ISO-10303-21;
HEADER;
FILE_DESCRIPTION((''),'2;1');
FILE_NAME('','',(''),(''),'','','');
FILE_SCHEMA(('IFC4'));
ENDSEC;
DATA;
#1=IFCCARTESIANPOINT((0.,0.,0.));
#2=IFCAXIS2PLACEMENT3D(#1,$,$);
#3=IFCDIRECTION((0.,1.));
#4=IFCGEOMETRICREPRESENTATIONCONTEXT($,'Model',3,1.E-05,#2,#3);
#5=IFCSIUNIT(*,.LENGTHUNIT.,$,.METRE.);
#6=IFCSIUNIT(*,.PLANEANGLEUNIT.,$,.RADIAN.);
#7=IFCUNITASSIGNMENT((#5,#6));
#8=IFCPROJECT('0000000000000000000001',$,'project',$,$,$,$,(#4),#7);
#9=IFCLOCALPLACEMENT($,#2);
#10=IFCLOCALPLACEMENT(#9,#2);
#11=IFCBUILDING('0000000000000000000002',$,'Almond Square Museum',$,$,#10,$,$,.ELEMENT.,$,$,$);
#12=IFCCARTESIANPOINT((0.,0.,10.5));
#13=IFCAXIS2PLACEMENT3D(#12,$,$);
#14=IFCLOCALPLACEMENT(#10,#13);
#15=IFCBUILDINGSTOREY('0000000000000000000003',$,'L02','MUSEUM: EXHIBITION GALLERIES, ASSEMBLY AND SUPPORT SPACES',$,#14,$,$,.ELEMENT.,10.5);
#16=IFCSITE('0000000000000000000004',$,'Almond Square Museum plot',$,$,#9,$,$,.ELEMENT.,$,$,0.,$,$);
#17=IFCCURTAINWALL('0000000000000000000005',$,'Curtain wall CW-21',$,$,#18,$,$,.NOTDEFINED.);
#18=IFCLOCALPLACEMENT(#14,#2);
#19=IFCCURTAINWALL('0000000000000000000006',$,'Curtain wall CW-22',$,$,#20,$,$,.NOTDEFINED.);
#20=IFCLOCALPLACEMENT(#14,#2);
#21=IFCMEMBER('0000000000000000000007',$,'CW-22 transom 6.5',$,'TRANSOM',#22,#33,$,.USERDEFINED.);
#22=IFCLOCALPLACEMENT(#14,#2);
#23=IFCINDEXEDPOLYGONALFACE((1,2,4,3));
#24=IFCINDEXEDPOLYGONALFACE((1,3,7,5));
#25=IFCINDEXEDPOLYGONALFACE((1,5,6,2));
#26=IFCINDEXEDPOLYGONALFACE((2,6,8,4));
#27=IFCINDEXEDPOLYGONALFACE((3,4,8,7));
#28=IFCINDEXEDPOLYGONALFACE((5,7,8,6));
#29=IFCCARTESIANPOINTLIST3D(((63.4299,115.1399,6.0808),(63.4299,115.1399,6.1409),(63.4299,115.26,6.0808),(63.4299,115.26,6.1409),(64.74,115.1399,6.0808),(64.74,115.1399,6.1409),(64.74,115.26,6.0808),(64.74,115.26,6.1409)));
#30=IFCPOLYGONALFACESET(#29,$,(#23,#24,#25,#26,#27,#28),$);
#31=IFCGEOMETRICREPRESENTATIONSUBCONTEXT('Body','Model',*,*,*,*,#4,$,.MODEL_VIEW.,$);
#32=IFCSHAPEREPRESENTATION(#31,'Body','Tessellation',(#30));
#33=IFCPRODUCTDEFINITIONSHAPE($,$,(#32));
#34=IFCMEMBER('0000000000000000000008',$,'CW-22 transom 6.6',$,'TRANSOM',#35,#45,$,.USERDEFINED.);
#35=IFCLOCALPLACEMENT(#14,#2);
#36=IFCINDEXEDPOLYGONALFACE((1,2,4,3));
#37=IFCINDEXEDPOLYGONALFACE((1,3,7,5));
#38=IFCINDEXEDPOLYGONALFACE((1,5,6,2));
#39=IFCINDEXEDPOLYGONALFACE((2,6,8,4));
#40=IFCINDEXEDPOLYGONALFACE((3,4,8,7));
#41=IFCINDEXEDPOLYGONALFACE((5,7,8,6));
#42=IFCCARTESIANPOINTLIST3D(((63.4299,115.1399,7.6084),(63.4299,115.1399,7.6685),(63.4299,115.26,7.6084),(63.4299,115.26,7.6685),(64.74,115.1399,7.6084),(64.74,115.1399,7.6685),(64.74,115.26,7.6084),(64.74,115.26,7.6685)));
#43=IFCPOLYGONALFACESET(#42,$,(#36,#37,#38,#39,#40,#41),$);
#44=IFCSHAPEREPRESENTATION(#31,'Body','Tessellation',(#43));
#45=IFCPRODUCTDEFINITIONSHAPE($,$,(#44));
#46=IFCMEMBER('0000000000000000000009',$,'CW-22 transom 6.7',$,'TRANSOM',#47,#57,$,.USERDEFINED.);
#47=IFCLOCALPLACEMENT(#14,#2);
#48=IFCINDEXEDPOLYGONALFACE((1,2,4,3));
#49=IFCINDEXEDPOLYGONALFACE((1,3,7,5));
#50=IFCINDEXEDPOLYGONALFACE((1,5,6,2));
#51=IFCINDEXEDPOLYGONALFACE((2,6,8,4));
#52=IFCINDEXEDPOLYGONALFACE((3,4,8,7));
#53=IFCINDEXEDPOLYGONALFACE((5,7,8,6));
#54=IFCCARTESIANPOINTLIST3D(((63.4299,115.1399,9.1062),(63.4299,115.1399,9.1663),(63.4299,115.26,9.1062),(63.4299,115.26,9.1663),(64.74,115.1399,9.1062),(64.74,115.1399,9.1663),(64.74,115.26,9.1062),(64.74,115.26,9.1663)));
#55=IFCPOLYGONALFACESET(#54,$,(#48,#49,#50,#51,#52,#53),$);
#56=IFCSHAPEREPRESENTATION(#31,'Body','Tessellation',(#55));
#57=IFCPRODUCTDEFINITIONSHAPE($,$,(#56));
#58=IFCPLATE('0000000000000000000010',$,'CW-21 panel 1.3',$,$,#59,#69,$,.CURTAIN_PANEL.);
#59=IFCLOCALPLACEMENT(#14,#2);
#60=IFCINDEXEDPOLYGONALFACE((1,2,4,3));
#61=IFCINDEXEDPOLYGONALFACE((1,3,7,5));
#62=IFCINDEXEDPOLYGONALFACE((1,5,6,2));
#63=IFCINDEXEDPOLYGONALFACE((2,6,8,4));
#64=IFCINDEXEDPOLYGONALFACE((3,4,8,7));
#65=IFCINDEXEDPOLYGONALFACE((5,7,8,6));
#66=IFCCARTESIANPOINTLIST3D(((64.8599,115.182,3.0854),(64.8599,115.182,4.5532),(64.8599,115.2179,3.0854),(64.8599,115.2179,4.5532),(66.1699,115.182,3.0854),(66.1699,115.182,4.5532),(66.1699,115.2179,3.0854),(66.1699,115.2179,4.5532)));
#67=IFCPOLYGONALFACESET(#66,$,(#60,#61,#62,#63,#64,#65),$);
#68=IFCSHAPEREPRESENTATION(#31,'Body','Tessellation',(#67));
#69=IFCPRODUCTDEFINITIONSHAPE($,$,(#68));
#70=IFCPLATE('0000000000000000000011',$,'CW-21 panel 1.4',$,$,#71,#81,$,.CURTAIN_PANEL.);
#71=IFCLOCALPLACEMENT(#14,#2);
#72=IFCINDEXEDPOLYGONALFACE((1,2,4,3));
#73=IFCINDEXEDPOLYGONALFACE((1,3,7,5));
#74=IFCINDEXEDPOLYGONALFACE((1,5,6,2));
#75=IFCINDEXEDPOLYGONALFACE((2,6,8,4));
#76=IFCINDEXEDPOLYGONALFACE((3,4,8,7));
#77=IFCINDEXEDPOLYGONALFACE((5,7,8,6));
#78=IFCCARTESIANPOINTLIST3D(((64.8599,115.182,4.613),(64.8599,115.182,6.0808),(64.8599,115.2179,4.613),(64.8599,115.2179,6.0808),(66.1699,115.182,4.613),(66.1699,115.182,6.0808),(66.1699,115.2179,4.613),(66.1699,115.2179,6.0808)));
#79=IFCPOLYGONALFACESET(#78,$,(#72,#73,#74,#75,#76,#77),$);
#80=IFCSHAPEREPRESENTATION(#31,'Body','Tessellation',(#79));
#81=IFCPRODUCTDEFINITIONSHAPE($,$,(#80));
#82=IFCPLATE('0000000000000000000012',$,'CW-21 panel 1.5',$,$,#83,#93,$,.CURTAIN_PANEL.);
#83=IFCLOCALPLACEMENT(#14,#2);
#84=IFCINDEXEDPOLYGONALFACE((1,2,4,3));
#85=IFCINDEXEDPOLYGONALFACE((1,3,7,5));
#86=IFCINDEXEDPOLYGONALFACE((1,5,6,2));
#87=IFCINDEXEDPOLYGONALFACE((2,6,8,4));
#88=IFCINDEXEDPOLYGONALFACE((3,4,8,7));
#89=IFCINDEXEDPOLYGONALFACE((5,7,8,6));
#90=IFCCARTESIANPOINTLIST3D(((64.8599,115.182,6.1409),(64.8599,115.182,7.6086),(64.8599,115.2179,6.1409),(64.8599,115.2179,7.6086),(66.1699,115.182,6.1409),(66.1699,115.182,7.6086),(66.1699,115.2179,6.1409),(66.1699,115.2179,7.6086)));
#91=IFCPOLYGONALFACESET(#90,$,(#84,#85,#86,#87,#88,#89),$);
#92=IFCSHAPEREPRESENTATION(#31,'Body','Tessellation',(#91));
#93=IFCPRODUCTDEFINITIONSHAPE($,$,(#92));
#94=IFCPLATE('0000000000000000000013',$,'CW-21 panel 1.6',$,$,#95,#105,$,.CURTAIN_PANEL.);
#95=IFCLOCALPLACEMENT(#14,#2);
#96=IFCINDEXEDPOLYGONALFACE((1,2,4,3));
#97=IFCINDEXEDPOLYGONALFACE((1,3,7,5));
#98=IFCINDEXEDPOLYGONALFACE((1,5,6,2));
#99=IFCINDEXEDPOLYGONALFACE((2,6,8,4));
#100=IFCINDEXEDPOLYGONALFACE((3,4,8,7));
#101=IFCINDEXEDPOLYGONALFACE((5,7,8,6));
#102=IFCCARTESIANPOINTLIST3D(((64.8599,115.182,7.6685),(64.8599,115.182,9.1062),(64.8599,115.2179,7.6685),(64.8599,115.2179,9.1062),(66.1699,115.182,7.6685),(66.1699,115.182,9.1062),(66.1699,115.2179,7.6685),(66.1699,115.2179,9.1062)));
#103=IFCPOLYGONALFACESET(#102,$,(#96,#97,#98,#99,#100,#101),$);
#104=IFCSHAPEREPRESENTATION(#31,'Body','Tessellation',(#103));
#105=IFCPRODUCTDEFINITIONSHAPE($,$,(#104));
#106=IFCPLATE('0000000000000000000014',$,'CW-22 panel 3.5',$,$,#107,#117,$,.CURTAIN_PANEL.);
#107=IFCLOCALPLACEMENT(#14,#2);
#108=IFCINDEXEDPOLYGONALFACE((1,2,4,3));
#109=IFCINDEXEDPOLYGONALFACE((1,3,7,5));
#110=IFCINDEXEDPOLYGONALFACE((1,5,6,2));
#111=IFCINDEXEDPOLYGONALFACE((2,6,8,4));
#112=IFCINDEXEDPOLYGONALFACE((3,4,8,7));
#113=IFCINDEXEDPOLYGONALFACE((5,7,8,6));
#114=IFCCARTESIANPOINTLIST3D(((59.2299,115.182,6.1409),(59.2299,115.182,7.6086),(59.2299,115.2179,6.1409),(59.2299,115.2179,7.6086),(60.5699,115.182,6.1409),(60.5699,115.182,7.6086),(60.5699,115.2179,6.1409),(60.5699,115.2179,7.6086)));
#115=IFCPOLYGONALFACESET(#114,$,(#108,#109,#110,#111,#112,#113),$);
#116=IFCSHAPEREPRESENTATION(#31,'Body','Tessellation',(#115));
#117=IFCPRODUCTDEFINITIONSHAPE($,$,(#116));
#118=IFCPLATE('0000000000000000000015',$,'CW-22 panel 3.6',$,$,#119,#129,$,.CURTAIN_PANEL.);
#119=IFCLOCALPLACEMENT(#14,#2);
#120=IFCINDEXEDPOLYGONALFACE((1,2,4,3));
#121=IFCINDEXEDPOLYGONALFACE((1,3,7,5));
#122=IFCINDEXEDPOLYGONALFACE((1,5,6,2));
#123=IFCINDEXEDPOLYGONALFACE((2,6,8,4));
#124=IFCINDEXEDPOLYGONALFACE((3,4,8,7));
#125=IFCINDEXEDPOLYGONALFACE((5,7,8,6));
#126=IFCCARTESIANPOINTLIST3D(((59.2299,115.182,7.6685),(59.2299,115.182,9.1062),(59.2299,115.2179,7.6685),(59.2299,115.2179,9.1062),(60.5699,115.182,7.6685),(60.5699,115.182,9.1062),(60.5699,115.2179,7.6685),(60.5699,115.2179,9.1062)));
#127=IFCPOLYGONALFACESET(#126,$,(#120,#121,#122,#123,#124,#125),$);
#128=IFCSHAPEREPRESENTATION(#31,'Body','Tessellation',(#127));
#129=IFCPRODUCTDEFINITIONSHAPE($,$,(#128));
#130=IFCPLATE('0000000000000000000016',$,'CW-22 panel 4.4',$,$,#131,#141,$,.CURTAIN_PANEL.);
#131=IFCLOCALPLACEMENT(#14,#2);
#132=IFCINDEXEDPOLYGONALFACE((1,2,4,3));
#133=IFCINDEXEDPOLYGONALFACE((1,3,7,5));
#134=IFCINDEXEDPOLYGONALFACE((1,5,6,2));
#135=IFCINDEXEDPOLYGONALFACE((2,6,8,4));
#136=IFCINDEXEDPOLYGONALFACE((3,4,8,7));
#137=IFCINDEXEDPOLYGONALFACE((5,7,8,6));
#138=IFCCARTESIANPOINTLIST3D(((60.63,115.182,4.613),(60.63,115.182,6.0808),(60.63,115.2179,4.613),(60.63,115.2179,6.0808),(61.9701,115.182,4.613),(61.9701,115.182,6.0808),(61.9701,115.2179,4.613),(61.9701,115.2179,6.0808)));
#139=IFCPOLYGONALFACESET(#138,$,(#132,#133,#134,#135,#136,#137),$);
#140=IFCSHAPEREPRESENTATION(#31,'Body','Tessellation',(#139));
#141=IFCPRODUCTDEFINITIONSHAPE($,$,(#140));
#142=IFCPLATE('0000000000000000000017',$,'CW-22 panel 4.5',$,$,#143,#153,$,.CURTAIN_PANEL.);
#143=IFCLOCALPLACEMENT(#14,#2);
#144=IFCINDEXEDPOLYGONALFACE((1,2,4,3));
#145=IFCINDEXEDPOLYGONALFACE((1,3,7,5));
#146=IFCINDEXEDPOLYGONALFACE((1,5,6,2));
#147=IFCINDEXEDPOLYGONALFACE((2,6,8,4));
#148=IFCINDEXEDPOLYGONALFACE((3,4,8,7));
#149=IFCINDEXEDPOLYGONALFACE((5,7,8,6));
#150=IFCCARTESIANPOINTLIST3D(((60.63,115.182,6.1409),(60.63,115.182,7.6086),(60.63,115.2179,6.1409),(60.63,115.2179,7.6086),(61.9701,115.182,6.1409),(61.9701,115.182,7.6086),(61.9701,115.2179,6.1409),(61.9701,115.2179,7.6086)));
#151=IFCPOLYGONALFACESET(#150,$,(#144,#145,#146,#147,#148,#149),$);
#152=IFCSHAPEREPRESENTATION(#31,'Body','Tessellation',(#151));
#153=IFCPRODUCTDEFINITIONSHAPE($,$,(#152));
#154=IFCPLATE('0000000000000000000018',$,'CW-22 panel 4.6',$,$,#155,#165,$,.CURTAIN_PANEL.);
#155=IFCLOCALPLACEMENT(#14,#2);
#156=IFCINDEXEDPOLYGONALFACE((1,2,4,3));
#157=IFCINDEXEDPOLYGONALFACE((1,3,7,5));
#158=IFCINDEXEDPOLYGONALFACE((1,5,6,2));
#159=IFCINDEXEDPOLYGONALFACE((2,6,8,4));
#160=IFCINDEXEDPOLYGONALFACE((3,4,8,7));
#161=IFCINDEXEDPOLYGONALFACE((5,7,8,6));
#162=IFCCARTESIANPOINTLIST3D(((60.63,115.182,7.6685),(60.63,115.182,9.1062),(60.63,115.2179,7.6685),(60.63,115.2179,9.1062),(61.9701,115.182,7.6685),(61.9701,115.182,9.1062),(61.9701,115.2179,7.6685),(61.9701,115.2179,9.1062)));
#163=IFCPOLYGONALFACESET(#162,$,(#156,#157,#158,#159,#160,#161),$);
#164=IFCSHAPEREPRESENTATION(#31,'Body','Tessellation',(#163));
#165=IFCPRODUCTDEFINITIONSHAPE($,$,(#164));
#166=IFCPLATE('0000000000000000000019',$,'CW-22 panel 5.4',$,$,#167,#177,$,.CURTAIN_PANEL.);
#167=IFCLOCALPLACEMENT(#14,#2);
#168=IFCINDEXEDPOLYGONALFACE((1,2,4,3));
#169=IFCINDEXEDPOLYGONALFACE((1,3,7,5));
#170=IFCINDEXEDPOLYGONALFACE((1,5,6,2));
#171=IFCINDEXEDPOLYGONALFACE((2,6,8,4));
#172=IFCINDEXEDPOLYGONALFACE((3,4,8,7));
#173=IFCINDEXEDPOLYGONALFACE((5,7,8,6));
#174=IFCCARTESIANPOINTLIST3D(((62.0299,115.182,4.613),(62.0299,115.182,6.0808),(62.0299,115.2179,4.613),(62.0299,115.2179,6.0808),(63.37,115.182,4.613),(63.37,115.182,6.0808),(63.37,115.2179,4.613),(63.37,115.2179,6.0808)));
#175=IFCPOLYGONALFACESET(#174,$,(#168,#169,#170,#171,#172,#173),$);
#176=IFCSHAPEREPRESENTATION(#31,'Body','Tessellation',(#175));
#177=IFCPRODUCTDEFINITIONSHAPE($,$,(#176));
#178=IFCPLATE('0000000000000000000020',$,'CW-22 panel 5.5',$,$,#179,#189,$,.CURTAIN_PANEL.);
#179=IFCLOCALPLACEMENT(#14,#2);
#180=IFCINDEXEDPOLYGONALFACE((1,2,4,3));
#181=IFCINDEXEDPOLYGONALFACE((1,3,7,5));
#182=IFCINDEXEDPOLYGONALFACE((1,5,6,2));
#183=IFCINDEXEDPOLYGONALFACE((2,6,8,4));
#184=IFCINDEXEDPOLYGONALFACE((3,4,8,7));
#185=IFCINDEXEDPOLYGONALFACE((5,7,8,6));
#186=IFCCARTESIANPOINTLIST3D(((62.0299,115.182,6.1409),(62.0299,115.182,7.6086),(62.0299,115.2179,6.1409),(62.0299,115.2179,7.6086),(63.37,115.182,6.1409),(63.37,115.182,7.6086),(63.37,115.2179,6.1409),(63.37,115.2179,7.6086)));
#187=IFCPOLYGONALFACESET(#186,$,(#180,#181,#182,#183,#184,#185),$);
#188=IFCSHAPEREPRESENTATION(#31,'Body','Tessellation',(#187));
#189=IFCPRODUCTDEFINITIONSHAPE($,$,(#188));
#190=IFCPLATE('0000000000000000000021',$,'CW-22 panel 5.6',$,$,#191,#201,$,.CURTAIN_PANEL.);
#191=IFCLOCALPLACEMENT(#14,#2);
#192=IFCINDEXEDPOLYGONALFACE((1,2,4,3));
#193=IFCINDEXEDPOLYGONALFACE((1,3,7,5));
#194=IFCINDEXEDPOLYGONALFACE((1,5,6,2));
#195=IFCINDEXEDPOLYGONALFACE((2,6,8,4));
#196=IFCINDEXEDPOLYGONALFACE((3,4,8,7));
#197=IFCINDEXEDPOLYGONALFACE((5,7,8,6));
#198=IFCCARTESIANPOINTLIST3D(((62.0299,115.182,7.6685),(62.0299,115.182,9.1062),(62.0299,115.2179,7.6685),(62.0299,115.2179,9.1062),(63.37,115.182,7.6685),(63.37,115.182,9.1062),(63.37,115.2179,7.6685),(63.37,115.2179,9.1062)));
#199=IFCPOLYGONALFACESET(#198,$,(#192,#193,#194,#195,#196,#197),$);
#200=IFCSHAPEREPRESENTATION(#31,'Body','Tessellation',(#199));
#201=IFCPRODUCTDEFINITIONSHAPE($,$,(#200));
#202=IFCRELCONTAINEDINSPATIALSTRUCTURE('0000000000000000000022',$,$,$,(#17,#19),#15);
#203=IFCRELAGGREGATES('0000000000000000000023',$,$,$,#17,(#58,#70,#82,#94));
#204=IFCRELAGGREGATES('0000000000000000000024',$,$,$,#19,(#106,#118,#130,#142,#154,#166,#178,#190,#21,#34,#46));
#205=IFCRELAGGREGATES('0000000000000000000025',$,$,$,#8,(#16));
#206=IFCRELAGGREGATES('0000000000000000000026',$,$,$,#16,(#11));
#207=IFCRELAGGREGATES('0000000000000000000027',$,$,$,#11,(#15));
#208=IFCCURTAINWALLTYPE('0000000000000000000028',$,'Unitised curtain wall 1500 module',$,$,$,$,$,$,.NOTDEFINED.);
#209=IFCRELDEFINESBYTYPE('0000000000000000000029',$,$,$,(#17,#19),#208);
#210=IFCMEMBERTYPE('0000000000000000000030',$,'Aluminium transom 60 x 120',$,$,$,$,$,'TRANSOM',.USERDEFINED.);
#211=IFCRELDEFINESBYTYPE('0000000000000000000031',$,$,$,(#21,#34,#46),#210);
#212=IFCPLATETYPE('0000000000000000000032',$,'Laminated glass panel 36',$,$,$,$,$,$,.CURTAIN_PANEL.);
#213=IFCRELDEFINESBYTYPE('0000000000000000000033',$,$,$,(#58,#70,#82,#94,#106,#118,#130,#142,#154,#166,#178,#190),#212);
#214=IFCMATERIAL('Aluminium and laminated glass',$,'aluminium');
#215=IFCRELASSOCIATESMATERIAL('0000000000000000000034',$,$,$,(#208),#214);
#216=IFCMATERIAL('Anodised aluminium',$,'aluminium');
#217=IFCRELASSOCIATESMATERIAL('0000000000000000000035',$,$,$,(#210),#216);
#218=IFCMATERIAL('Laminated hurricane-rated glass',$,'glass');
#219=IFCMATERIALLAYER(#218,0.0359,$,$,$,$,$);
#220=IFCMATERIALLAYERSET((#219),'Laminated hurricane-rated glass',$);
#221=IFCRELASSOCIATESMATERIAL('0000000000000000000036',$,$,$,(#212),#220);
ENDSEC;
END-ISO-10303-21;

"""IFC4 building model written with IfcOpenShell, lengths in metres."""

from ifc_helpers import new_model, si_unit, direction, frame, origin, origin_2d, place, context, subcontext, project, spatial, rectangle, extrude, material, layer, layer_set, material_profile, profile_set, type_object, element, aggregate, save


model = new_model("IFC4")

# Units and contexts
model_context = context("Model", 3, precision=1e-05, world=origin(), true_north=direction((0.0, 1.0)))
body_context = subcontext(model_context, "Body", "Model", "MODEL_VIEW")
ifc_project = project(units=[si_unit("LENGTHUNIT", "METRE"), si_unit("PLANEANGLEUNIT", "RADIAN")], contexts=[model_context])

# Site, building, storey
site_placement = place(None, origin())
site = spatial("IfcSite", under=ifc_project, at=site_placement, Name="Almond Square Museum plot", CompositionType="ELEMENT", RefElevation=0.0)
building_placement = place(site_placement, origin())
building = spatial("IfcBuilding", under=site, at=building_placement, Name="Almond Square Museum", CompositionType="ELEMENT")
storey_placement = place(building_placement, frame((0.0, 0.0, 10.5)))
storey = spatial("IfcBuildingStorey", under=building, at=storey_placement, Name="L02", Description="MUSEUM: EXHIBITION GALLERIES, ASSEMBLY AND SUPPORT SPACES", CompositionType="ELEMENT", Elevation=10.5)

# Curtain walls, members
ifc_material_1 = material(Name="Aluminium and laminated glass", Category="aluminium")
curtain_wall_type = type_object("IfcCurtainWallType", Name="Unitised curtain wall 1500 module", PredefinedType="NOTDEFINED", material=ifc_material_1)
curtain_wall_1_placement = place(storey_placement, origin())
curtain_wall_1 = element("IfcCurtainWall", 1, at=curtain_wall_1_placement, inside=storey, type_object=curtain_wall_type, Name="Curtain wall CW-21", PredefinedType="NOTDEFINED")
ifc_material_2 = material(Name="Anodised aluminium", Category="aluminium")
ifc_material_profile = material_profile(ifc_material_2, rectangle(XDim=0.1201, YDim=0.0601, at=origin_2d()))
ifc_profile_set = profile_set([ifc_material_profile], Name="Anodised aluminium")
member_type = type_object("IfcMemberType", Name="Aluminium transom 60 x 120", ElementType="TRANSOM", PredefinedType="USERDEFINED", material=ifc_profile_set)
curtain_wall_2_placement = place(storey_placement, origin())
curtain_wall_2 = element("IfcCurtainWall", 2, at=curtain_wall_2_placement, inside=storey, type_object=curtain_wall_type, Name="Curtain wall CW-22", PredefinedType="NOTDEFINED")
member_1_placement = place(storey_placement, frame((63.4299, 115.2, 6.1108), z_axis=(1.0, 0.0, 0.0), x_axis=(0.0, 1.0, 0.0)))
member_1 = element("IfcMember", 3, at=member_1_placement, type_object=member_type, Name="CW-22 transom 6.5", ObjectType="TRANSOM", PredefinedType="USERDEFINED", context=body_context, shape_type="SweptSolid", body=[
    extrude(rectangle(XDim=0.1201, YDim=0.0601, at=origin_2d()), origin(), (0.0, 0.0, 1.0), 1.3101),
])
member_2_placement = place(storey_placement, frame((63.4299, 115.2, 7.6384), z_axis=(1.0, 0.0, 0.0), x_axis=(0.0, 1.0, 0.0)))
member_2 = element("IfcMember", 4, at=member_2_placement, type_object=member_type, Name="CW-22 transom 6.6", ObjectType="TRANSOM", PredefinedType="USERDEFINED", context=body_context, shape_type="SweptSolid", body=[
    extrude(rectangle(XDim=0.1201, YDim=0.0601, at=origin_2d()), origin(), (0.0, 0.0, 1.0), 1.3101),
])
member_3_placement = place(storey_placement, frame((63.4299, 115.2, 9.1362), z_axis=(1.0, 0.0, 0.0), x_axis=(0.0, 1.0, 0.0)))
member_3 = element("IfcMember", 5, at=member_3_placement, type_object=member_type, Name="CW-22 transom 6.7", ObjectType="TRANSOM", PredefinedType="USERDEFINED", context=body_context, shape_type="SweptSolid", body=[
    extrude(rectangle(XDim=0.1201, YDim=0.0601, at=origin_2d()), origin(), (0.0, 0.0, 1.0), 1.3101),
])

# Plates
ifc_material_3 = material(Name="Laminated hurricane-rated glass", Category="glass")
ifc_layer = layer(ifc_material_3, 0.0359)
ifc_layer_set = layer_set([ifc_layer], Name="Laminated hurricane-rated glass")
plate_type = type_object("IfcPlateType", Name="Laminated glass panel 36", PredefinedType="CURTAIN_PANEL", material=ifc_layer_set)
plate_1_placement = place(storey_placement, frame((65.5149, 115.2, 3.0854), z_axis=(0.0, 0.0, 1.0), x_axis=(1.0, 0.0, 0.0)))
plate_1 = element("IfcPlate", 6, at=plate_1_placement, type_object=plate_type, Name="CW-21 panel 1.3", PredefinedType="CURTAIN_PANEL", context=body_context, shape_type="SweptSolid", body=[
    extrude(rectangle(XDim=1.3101, YDim=0.0359, at=origin_2d()), origin(), (0.0, 0.0, 1.0), 1.4678),
])
plate_2_placement = place(storey_placement, frame((65.5149, 115.2, 4.613), z_axis=(0.0, 0.0, 1.0), x_axis=(1.0, 0.0, 0.0)))
plate_2 = element("IfcPlate", 7, at=plate_2_placement, type_object=plate_type, Name="CW-21 panel 1.4", PredefinedType="CURTAIN_PANEL", context=body_context, shape_type="SweptSolid", body=[
    extrude(rectangle(XDim=1.3101, YDim=0.0359, at=origin_2d()), origin(), (0.0, 0.0, 1.0), 1.4678),
])
plate_3_placement = place(storey_placement, frame((65.5149, 115.2, 6.1409), z_axis=(0.0, 0.0, 1.0), x_axis=(1.0, 0.0, 0.0)))
plate_3 = element("IfcPlate", 8, at=plate_3_placement, type_object=plate_type, Name="CW-21 panel 1.5", PredefinedType="CURTAIN_PANEL", context=body_context, shape_type="SweptSolid", body=[
    extrude(rectangle(XDim=1.3101, YDim=0.0359, at=origin_2d()), origin(), (0.0, 0.0, 1.0), 1.4678),
])
plate_4_placement = place(storey_placement, frame((65.5149, 115.2, 7.6685), z_axis=(0.0, 0.0, 1.0), x_axis=(1.0, 0.0, 0.0)))
plate_4 = element("IfcPlate", 9, at=plate_4_placement, type_object=plate_type, Name="CW-21 panel 1.6", PredefinedType="CURTAIN_PANEL", context=body_context, shape_type="SweptSolid", body=[
    extrude(rectangle(XDim=1.3101, YDim=0.0359, at=origin_2d()), origin(), (0.0, 0.0, 1.0), 1.4377),
])
aggregate(curtain_wall_1, [plate_1, plate_2, plate_3, plate_4])
plate_5_placement = place(storey_placement, frame((59.8999, 115.2, 6.1409), z_axis=(0.0, 0.0, 1.0), x_axis=(1.0, 0.0, 0.0)))
plate_5 = element("IfcPlate", 10, at=plate_5_placement, type_object=plate_type, Name="CW-22 panel 3.5", PredefinedType="CURTAIN_PANEL", context=body_context, shape_type="SweptSolid", body=[
    extrude(rectangle(XDim=1.3401, YDim=0.0359, at=origin_2d()), origin(), (0.0, 0.0, 1.0), 1.4678),
])
plate_6_placement = place(storey_placement, frame((59.8999, 115.2, 7.6685), z_axis=(0.0, 0.0, 1.0), x_axis=(1.0, 0.0, 0.0)))
plate_6 = element("IfcPlate", 11, at=plate_6_placement, type_object=plate_type, Name="CW-22 panel 3.6", PredefinedType="CURTAIN_PANEL", context=body_context, shape_type="SweptSolid", body=[
    extrude(rectangle(XDim=1.3401, YDim=0.0359, at=origin_2d()), origin(), (0.0, 0.0, 1.0), 1.4377),
])
plate_7_placement = place(storey_placement, frame((61.3, 115.2, 4.613), z_axis=(0.0, 0.0, 1.0), x_axis=(1.0, 0.0, 0.0)))
plate_7 = element("IfcPlate", 12, at=plate_7_placement, type_object=plate_type, Name="CW-22 panel 4.4", PredefinedType="CURTAIN_PANEL", context=body_context, shape_type="SweptSolid", body=[
    extrude(rectangle(XDim=1.3401, YDim=0.0359, at=origin_2d()), origin(), (0.0, 0.0, 1.0), 1.4678),
])
plate_8_placement = place(storey_placement, frame((61.3, 115.2, 6.1409), z_axis=(0.0, 0.0, 1.0), x_axis=(1.0, 0.0, 0.0)))
plate_8 = element("IfcPlate", 13, at=plate_8_placement, type_object=plate_type, Name="CW-22 panel 4.5", PredefinedType="CURTAIN_PANEL", context=body_context, shape_type="SweptSolid", body=[
    extrude(rectangle(XDim=1.3401, YDim=0.0359, at=origin_2d()), origin(), (0.0, 0.0, 1.0), 1.4678),
])
plate_9_placement = place(storey_placement, frame((61.3, 115.2, 7.6685), z_axis=(0.0, 0.0, 1.0), x_axis=(1.0, 0.0, 0.0)))
plate_9 = element("IfcPlate", 14, at=plate_9_placement, type_object=plate_type, Name="CW-22 panel 4.6", PredefinedType="CURTAIN_PANEL", context=body_context, shape_type="SweptSolid", body=[
    extrude(rectangle(XDim=1.3401, YDim=0.0359, at=origin_2d()), origin(), (0.0, 0.0, 1.0), 1.4377),
])
plate_10_placement = place(storey_placement, frame((62.7, 115.2, 4.613), z_axis=(0.0, 0.0, 1.0), x_axis=(1.0, 0.0, 0.0)))
plate_10 = element("IfcPlate", 15, at=plate_10_placement, type_object=plate_type, Name="CW-22 panel 5.4", PredefinedType="CURTAIN_PANEL", context=body_context, shape_type="SweptSolid", body=[
    extrude(rectangle(XDim=1.3401, YDim=0.0359, at=origin_2d()), origin(), (0.0, 0.0, 1.0), 1.4678),
])
plate_11_placement = place(storey_placement, frame((62.7, 115.2, 6.1409), z_axis=(0.0, 0.0, 1.0), x_axis=(1.0, 0.0, 0.0)))
plate_11 = element("IfcPlate", 16, at=plate_11_placement, type_object=plate_type, Name="CW-22 panel 5.5", PredefinedType="CURTAIN_PANEL", context=body_context, shape_type="SweptSolid", body=[
    extrude(rectangle(XDim=1.3401, YDim=0.0359, at=origin_2d()), origin(), (0.0, 0.0, 1.0), 1.4678),
])
plate_12_placement = place(storey_placement, frame((62.7, 115.2, 7.6685), z_axis=(0.0, 0.0, 1.0), x_axis=(1.0, 0.0, 0.0)))
plate_12 = element("IfcPlate", 17, at=plate_12_placement, type_object=plate_type, Name="CW-22 panel 5.6", PredefinedType="CURTAIN_PANEL", context=body_context, shape_type="SweptSolid", body=[
    extrude(rectangle(XDim=1.3401, YDim=0.0359, at=origin_2d()), origin(), (0.0, 0.0, 1.0), 1.4377),
])
aggregate(curtain_wall_2, [plate_5, plate_6, plate_7, plate_8, plate_9, plate_10, plate_11, plate_12, member_1, member_2, member_3])

save(model, "model.ifc")
